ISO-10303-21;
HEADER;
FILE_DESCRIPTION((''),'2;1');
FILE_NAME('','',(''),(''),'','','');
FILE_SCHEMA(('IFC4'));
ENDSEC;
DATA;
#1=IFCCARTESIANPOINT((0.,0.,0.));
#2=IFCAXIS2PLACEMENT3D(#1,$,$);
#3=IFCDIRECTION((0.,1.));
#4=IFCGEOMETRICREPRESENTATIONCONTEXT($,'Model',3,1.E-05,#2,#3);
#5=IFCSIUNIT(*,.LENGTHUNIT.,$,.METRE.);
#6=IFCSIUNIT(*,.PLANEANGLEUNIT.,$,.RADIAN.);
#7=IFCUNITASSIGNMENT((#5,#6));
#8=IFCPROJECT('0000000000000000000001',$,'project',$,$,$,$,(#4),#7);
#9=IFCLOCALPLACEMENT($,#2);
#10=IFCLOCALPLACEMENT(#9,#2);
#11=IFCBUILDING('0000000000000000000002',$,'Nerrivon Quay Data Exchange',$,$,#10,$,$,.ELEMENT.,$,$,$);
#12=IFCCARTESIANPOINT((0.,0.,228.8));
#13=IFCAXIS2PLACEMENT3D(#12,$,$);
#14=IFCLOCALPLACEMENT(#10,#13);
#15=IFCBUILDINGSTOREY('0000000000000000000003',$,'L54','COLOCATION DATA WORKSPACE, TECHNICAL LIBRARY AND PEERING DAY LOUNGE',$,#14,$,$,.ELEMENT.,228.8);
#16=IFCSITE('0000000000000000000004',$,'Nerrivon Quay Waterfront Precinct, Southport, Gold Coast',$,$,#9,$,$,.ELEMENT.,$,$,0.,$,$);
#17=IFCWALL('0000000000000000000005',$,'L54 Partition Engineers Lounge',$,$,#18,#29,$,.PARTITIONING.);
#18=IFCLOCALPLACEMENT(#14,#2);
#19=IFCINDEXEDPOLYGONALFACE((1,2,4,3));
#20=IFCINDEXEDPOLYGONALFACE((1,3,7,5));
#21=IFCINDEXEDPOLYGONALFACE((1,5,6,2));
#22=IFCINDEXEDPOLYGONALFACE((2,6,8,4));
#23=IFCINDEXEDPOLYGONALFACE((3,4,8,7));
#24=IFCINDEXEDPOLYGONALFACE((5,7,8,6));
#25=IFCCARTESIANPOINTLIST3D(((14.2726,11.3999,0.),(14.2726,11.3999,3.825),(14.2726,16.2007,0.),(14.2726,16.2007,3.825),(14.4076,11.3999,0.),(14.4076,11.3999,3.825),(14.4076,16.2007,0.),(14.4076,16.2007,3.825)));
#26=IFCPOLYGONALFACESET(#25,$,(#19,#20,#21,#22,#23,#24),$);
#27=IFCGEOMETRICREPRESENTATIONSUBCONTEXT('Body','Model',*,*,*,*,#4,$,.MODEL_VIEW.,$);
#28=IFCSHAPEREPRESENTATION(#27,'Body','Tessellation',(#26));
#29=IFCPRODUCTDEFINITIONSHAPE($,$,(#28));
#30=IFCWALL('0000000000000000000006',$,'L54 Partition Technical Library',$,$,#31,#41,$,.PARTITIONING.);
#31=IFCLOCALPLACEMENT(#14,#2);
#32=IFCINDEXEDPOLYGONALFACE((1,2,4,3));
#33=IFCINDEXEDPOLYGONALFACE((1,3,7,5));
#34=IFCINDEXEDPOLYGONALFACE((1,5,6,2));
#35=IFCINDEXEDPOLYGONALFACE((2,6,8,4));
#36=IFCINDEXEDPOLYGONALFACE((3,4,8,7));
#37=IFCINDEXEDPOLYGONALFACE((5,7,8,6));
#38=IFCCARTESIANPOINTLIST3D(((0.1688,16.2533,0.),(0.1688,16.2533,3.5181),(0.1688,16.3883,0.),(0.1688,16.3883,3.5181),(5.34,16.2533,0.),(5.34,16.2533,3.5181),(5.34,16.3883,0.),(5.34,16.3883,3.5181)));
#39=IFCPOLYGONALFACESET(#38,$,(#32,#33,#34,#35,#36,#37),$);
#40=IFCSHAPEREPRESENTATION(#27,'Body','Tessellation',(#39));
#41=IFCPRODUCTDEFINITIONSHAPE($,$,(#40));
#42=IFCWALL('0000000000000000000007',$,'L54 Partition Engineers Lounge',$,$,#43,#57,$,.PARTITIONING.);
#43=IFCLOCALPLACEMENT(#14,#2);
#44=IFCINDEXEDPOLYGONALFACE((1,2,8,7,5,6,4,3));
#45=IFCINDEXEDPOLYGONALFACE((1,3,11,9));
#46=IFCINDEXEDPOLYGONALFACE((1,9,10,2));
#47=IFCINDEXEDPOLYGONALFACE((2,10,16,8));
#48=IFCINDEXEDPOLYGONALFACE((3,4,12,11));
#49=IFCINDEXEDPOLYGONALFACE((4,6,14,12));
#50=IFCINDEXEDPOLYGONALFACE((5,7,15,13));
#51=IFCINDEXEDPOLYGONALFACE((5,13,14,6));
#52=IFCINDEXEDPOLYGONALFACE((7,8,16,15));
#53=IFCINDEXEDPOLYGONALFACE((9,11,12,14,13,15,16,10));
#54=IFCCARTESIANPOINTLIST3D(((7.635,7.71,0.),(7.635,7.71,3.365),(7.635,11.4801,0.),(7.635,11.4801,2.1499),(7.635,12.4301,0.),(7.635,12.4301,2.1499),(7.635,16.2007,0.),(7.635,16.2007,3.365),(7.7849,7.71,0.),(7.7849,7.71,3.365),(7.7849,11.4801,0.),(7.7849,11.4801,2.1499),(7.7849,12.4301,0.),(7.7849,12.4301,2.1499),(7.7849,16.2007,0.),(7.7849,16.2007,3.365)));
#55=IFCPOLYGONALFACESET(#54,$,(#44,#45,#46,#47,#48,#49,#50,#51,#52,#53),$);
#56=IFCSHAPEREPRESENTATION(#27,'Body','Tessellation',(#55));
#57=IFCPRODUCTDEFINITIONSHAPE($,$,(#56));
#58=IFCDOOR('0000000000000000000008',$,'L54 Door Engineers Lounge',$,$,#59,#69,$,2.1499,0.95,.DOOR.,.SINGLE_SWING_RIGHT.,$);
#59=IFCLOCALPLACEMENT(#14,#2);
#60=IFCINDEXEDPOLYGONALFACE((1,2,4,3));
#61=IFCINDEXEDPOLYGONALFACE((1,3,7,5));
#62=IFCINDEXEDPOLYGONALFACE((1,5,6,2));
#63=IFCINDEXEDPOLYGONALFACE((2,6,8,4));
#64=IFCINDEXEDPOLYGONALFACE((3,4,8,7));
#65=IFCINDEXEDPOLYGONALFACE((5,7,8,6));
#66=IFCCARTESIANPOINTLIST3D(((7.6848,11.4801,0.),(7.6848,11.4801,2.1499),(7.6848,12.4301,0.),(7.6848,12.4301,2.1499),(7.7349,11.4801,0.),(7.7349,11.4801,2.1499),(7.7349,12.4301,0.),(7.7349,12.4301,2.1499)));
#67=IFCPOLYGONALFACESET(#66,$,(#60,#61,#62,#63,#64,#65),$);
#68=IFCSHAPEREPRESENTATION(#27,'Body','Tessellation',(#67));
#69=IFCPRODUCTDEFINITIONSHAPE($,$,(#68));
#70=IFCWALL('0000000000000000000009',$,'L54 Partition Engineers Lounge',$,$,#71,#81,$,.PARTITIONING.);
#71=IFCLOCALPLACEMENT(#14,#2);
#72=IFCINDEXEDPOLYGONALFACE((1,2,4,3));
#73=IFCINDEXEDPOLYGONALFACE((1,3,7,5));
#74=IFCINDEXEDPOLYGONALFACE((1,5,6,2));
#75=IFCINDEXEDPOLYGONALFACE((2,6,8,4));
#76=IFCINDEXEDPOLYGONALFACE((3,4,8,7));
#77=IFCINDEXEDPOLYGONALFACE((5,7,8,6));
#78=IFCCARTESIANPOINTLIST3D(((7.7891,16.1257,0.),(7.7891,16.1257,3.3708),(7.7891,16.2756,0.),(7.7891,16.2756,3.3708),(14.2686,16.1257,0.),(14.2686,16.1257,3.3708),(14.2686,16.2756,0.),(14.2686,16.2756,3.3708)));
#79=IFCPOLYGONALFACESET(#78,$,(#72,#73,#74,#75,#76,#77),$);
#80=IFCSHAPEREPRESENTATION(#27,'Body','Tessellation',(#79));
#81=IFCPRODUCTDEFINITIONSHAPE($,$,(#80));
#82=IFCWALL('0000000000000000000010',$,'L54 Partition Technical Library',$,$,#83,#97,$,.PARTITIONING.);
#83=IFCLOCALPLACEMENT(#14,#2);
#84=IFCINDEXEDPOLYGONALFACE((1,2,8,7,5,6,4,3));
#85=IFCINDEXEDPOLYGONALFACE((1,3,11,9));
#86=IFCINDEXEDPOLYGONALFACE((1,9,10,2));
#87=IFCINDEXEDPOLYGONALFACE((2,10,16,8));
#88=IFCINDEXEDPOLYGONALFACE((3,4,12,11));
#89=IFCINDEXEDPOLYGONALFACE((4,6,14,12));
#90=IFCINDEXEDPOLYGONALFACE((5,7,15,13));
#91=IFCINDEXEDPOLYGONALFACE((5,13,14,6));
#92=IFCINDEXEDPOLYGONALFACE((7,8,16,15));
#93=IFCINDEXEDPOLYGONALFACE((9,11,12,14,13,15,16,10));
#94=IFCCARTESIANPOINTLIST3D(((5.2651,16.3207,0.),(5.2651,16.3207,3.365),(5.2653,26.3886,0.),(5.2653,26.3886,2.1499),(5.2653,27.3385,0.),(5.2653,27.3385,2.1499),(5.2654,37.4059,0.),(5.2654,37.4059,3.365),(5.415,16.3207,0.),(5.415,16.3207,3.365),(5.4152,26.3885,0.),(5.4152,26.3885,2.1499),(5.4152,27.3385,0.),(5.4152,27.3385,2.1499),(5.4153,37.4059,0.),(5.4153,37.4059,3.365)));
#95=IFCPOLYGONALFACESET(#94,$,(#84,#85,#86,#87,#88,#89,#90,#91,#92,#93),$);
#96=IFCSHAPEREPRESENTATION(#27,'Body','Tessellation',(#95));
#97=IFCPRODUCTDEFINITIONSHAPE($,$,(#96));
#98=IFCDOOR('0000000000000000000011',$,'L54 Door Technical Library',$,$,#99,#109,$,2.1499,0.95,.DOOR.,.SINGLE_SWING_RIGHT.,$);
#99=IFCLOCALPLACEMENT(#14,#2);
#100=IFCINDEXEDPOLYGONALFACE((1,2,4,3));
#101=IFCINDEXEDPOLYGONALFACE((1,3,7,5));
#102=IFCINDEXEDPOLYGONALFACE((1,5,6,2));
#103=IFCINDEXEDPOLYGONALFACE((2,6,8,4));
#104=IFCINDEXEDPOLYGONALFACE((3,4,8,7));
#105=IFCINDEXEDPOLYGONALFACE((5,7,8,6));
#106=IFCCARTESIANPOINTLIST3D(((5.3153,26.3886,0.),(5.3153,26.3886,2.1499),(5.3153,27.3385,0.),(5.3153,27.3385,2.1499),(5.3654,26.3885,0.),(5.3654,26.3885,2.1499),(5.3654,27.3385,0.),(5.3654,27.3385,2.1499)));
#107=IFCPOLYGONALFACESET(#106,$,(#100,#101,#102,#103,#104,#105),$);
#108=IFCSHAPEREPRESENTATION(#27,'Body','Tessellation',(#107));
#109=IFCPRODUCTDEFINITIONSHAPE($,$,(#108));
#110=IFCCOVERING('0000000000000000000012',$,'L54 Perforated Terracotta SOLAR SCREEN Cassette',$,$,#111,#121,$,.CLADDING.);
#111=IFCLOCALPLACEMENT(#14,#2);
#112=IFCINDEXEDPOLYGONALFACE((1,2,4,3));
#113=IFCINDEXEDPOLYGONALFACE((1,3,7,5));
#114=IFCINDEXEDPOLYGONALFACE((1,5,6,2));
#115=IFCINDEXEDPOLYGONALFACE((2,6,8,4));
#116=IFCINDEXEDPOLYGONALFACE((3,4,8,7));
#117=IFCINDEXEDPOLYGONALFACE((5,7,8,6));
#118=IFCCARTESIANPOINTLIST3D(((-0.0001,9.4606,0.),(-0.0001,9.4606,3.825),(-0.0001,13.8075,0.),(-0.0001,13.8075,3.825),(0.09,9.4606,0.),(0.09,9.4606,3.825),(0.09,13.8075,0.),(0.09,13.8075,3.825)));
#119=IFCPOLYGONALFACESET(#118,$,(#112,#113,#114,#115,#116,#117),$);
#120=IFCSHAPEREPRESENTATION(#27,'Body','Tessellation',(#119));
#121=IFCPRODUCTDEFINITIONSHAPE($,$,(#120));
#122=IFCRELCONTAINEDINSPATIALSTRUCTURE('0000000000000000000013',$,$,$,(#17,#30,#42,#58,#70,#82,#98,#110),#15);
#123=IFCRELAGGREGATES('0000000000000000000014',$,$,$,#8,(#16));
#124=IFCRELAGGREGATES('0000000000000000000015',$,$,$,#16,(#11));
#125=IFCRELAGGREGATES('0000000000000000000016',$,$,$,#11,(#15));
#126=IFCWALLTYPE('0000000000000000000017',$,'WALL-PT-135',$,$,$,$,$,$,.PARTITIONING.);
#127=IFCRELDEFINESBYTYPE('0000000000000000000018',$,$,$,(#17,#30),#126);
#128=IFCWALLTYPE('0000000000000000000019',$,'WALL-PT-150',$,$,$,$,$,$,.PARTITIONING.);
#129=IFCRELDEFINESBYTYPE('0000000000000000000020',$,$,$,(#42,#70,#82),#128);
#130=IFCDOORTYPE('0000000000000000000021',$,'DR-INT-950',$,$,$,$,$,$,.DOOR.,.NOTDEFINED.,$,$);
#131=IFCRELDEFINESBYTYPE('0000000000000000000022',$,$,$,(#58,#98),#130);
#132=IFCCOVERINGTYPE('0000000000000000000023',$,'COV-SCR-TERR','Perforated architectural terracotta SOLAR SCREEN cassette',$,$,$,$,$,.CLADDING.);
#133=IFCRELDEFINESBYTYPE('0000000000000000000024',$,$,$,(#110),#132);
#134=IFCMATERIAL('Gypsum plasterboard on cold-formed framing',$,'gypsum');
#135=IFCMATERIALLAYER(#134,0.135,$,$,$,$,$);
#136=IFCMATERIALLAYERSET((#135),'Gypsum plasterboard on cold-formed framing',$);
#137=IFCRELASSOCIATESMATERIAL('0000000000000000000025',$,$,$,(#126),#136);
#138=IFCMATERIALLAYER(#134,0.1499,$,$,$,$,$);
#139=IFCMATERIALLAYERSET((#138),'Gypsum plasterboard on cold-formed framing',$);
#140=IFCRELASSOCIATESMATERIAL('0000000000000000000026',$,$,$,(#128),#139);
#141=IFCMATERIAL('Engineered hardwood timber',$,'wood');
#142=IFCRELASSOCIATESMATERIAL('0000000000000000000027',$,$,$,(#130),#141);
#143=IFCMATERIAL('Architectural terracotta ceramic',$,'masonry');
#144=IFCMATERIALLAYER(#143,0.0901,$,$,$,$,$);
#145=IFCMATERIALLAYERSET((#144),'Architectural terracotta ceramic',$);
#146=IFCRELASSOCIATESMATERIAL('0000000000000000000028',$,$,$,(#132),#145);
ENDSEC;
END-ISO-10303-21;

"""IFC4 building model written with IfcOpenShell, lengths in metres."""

from ifc_helpers import new_model, si_unit, direction, frame, frame_2d, origin, origin_2d, place, context, subcontext, project, spatial, rectangle, extrude, material, layer, layer_set, type_object, element, fill, save


model = new_model("IFC4")

# Units and contexts
model_context = context("Model", 3, precision=1e-05, world=origin(), true_north=direction((0.0, 1.0)))
body_context = subcontext(model_context, "Body", "Model", "MODEL_VIEW")
ifc_project = project(units=[si_unit("LENGTHUNIT", "METRE"), si_unit("PLANEANGLEUNIT", "RADIAN")], contexts=[model_context])

# Site, building, storey
site_placement = place(None, origin())
site = spatial("IfcSite", under=ifc_project, at=site_placement, Name="Nerrivon Quay Waterfront Precinct, Southport, Gold Coast", CompositionType="ELEMENT", RefElevation=0.0)
building_placement = place(site_placement, origin())
building = spatial("IfcBuilding", under=site, at=building_placement, Name="Nerrivon Quay Data Exchange", CompositionType="ELEMENT")
storey_placement = place(building_placement, frame((0.0, 0.0, 228.8)))
storey = spatial("IfcBuildingStorey", under=building, at=storey_placement, Name="L54", Description="COLOCATION DATA WORKSPACE, TECHNICAL LIBRARY AND PEERING DAY LOUNGE", CompositionType="ELEMENT", Elevation=228.8)

# Shared definitions
ifc_material_1 = material(Name="Gypsum plasterboard on cold-formed framing", Category="gypsum")
ifc_material_2 = material(Name="Engineered hardwood timber", Category="wood")

# Walls
ifc_layer_1 = layer(ifc_material_1, 0.135)
ifc_layer_set_1 = layer_set([ifc_layer_1], Name="Gypsum plasterboard on cold-formed framing")
wall_type_1 = type_object("IfcWallType", Name="WALL-PT-135", PredefinedType="PARTITIONING", material=ifc_layer_set_1)
wall_1_placement = place(storey_placement, frame((14.3401, 11.3999, 0.0), z_axis=(0.0, 0.0, 1.0), x_axis=(0.0, 1.0, 0.0)))
element("IfcWall", 1, at=wall_1_placement, inside=storey, type_object=wall_type_1, Name="L54 Partition Engineers Lounge", PredefinedType="PARTITIONING", context=body_context, shape_type="SweptSolid", body=[
    extrude(rectangle(XDim=4.8008, YDim=0.135, at=frame_2d((2.4004, 0.0))), origin(), (0.0, 0.0, 1.0), 3.825),
])
wall_2_placement = place(storey_placement, frame((0.1689, 16.3208, 0.0), z_axis=(0.0, 0.0, 1.0), x_axis=(1.0, 0.0, 0.0)))
element("IfcWall", 2, at=wall_2_placement, inside=storey, type_object=wall_type_1, Name="L54 Partition Technical Library", PredefinedType="PARTITIONING", context=body_context, shape_type="SweptSolid", body=[
    extrude(rectangle(XDim=5.1711, YDim=0.135, at=frame_2d((2.5854, 0.0))), origin(), (0.0, 0.0, 1.0), 3.5181),
])

# Wall, opening, door
ifc_layer_2 = layer(ifc_material_1, 0.1499)
ifc_layer_set_2 = layer_set([ifc_layer_2], Name="Gypsum plasterboard on cold-formed framing")
wall_type_2 = type_object("IfcWallType", Name="WALL-PT-150", PredefinedType="PARTITIONING", material=ifc_layer_set_2)
wall_3_placement = place(storey_placement, frame((7.71, 16.2007, 0.0), z_axis=(0.0, 0.0, 1.0), x_axis=(0.0, -1.0, 0.0)))
wall_3 = element("IfcWall", 3, at=wall_3_placement, inside=storey, type_object=wall_type_2, Name="L54 Partition Engineers Lounge", PredefinedType="PARTITIONING", context=body_context, shape_type="SweptSolid", body=[
    extrude(rectangle(XDim=8.4907, YDim=0.1499, at=frame_2d((4.2454, 0.0))), origin(), (0.0, 0.0, 1.0), 3.365),
])
opening_1_placement = place(wall_3_placement, frame((3.7705, 0.0, 0.0)))
opening_1 = element("IfcOpeningElement", 4, at=opening_1_placement, cuts=wall_3, PredefinedType="OPENING", context=body_context, shape_type="SweptSolid", body=[
    extrude(rectangle(XDim=0.95, YDim=2.1499, at=frame_2d((0.4751, 1.075))), frame((0.0, 0.085, 0.0), z_axis=(0.0, -1.0, 0.0), x_axis=(1.0, 0.0, 0.0)), (0.0, 0.0, 1.0), 0.1699),
])
door_type_1 = type_object("IfcDoorType", Name="DR-INT-950", OperationType="NOTDEFINED", PredefinedType="DOOR", material=ifc_material_2)
door_1_placement = place(opening_1_placement, origin())
door_1 = element("IfcDoor", 5, at=door_1_placement, inside=storey, type_object=door_type_1, Name="L54 Door Engineers Lounge", OperationType="SINGLE_SWING_RIGHT", OverallHeight=2.1499, OverallWidth=0.95, PredefinedType="DOOR", context=body_context, shape_type="SweptSolid", body=[
    extrude(rectangle(XDim=0.95, YDim=2.1499, at=frame_2d((0.4751, 1.075))), frame((0.0, 0.0249, 0.0), z_axis=(0.0, -1.0, 0.0), x_axis=(1.0, 0.0, 0.0)), (0.0, 0.0, 1.0), 0.05),
])
fill(opening_1, door_1)

# Wall
wall_4_placement = place(storey_placement, frame((14.2686, 16.2007, 0.0), z_axis=(0.0, 0.0, 1.0), x_axis=(-1.0, 0.0, 0.0)))
element("IfcWall", 6, at=wall_4_placement, inside=storey, type_object=wall_type_2, Name="L54 Partition Engineers Lounge", PredefinedType="PARTITIONING", context=body_context, shape_type="SweptSolid", body=[
    extrude(rectangle(XDim=6.4795, YDim=0.1499, at=frame_2d((3.2397, 0.0))), origin(), (0.0, 0.0, 1.0), 3.3708),
])

# Wall, opening, door
wall_5_placement = place(storey_placement, frame((5.3401, 16.3208, 0.0), z_axis=(0.0, 0.0, 1.0), x_axis=(0.000012, 1.0, 0.0)))
wall_5 = element("IfcWall", 7, at=wall_5_placement, inside=storey, type_object=wall_type_2, Name="L54 Partition Technical Library", PredefinedType="PARTITIONING", context=body_context, shape_type="SweptSolid", body=[
    extrude(rectangle(XDim=21.0852, YDim=0.1499, at=frame_2d((10.5425, 0.0))), origin(), (0.0, 0.0, 1.0), 3.365),
])
opening_2_placement = place(wall_5_placement, frame((10.0676, 0.0, 0.0)))
opening_2 = element("IfcOpeningElement", 8, at=opening_2_placement, cuts=wall_5, PredefinedType="OPENING", context=body_context, shape_type="SweptSolid", body=[
    extrude(rectangle(XDim=0.95, YDim=2.1499, at=frame_2d((0.4751, 1.075))), frame((0.0, 0.085, 0.0), z_axis=(0.0, -1.0, 0.0), x_axis=(1.0, 0.0, 0.0)), (0.0, 0.0, 1.0), 0.1699),
])
door_2_placement = place(opening_2_placement, origin())
door_2 = element("IfcDoor", 9, at=door_2_placement, inside=storey, type_object=door_type_1, Name="L54 Door Technical Library", OperationType="SINGLE_SWING_RIGHT", OverallHeight=2.1499, OverallWidth=0.95, PredefinedType="DOOR", context=body_context, shape_type="SweptSolid", body=[
    extrude(rectangle(XDim=0.95, YDim=2.1499, at=frame_2d((0.4751, 1.075))), frame((0.0, 0.0249, 0.0), z_axis=(0.0, -1.0, 0.0), x_axis=(1.0, 0.0, 0.0)), (0.0, 0.0, 1.0), 0.05),
])
fill(opening_2, door_2)

# Covering
ifc_material_3 = material(Name="Architectural terracotta ceramic", Category="masonry")
ifc_layer_3 = layer(ifc_material_3, 0.0901)
ifc_layer_set_3 = layer_set([ifc_layer_3], Name="Architectural terracotta ceramic")
covering_type = type_object("IfcCoveringType", Name="COV-SCR-TERR", Description="Perforated architectural terracotta SOLAR SCREEN cassette", PredefinedType="CLADDING", material=ifc_layer_set_3)
covering_placement = place(storey_placement, frame((0.0449, 11.634, 0.0), z_axis=(0.0, 0.0, 1.0), x_axis=(0.0, 1.0, 0.0)))
element("IfcCovering", 10, at=covering_placement, inside=storey, type_object=covering_type, Name="L54 Perforated Terracotta SOLAR SCREEN Cassette", PredefinedType="CLADDING", context=body_context, shape_type="SweptSolid", body=[
    extrude(rectangle(XDim=4.3469, YDim=0.0901, at=origin_2d()), origin(), (0.0, 0.0, 1.0), 3.825),
])

save(model, "model.ifc")
